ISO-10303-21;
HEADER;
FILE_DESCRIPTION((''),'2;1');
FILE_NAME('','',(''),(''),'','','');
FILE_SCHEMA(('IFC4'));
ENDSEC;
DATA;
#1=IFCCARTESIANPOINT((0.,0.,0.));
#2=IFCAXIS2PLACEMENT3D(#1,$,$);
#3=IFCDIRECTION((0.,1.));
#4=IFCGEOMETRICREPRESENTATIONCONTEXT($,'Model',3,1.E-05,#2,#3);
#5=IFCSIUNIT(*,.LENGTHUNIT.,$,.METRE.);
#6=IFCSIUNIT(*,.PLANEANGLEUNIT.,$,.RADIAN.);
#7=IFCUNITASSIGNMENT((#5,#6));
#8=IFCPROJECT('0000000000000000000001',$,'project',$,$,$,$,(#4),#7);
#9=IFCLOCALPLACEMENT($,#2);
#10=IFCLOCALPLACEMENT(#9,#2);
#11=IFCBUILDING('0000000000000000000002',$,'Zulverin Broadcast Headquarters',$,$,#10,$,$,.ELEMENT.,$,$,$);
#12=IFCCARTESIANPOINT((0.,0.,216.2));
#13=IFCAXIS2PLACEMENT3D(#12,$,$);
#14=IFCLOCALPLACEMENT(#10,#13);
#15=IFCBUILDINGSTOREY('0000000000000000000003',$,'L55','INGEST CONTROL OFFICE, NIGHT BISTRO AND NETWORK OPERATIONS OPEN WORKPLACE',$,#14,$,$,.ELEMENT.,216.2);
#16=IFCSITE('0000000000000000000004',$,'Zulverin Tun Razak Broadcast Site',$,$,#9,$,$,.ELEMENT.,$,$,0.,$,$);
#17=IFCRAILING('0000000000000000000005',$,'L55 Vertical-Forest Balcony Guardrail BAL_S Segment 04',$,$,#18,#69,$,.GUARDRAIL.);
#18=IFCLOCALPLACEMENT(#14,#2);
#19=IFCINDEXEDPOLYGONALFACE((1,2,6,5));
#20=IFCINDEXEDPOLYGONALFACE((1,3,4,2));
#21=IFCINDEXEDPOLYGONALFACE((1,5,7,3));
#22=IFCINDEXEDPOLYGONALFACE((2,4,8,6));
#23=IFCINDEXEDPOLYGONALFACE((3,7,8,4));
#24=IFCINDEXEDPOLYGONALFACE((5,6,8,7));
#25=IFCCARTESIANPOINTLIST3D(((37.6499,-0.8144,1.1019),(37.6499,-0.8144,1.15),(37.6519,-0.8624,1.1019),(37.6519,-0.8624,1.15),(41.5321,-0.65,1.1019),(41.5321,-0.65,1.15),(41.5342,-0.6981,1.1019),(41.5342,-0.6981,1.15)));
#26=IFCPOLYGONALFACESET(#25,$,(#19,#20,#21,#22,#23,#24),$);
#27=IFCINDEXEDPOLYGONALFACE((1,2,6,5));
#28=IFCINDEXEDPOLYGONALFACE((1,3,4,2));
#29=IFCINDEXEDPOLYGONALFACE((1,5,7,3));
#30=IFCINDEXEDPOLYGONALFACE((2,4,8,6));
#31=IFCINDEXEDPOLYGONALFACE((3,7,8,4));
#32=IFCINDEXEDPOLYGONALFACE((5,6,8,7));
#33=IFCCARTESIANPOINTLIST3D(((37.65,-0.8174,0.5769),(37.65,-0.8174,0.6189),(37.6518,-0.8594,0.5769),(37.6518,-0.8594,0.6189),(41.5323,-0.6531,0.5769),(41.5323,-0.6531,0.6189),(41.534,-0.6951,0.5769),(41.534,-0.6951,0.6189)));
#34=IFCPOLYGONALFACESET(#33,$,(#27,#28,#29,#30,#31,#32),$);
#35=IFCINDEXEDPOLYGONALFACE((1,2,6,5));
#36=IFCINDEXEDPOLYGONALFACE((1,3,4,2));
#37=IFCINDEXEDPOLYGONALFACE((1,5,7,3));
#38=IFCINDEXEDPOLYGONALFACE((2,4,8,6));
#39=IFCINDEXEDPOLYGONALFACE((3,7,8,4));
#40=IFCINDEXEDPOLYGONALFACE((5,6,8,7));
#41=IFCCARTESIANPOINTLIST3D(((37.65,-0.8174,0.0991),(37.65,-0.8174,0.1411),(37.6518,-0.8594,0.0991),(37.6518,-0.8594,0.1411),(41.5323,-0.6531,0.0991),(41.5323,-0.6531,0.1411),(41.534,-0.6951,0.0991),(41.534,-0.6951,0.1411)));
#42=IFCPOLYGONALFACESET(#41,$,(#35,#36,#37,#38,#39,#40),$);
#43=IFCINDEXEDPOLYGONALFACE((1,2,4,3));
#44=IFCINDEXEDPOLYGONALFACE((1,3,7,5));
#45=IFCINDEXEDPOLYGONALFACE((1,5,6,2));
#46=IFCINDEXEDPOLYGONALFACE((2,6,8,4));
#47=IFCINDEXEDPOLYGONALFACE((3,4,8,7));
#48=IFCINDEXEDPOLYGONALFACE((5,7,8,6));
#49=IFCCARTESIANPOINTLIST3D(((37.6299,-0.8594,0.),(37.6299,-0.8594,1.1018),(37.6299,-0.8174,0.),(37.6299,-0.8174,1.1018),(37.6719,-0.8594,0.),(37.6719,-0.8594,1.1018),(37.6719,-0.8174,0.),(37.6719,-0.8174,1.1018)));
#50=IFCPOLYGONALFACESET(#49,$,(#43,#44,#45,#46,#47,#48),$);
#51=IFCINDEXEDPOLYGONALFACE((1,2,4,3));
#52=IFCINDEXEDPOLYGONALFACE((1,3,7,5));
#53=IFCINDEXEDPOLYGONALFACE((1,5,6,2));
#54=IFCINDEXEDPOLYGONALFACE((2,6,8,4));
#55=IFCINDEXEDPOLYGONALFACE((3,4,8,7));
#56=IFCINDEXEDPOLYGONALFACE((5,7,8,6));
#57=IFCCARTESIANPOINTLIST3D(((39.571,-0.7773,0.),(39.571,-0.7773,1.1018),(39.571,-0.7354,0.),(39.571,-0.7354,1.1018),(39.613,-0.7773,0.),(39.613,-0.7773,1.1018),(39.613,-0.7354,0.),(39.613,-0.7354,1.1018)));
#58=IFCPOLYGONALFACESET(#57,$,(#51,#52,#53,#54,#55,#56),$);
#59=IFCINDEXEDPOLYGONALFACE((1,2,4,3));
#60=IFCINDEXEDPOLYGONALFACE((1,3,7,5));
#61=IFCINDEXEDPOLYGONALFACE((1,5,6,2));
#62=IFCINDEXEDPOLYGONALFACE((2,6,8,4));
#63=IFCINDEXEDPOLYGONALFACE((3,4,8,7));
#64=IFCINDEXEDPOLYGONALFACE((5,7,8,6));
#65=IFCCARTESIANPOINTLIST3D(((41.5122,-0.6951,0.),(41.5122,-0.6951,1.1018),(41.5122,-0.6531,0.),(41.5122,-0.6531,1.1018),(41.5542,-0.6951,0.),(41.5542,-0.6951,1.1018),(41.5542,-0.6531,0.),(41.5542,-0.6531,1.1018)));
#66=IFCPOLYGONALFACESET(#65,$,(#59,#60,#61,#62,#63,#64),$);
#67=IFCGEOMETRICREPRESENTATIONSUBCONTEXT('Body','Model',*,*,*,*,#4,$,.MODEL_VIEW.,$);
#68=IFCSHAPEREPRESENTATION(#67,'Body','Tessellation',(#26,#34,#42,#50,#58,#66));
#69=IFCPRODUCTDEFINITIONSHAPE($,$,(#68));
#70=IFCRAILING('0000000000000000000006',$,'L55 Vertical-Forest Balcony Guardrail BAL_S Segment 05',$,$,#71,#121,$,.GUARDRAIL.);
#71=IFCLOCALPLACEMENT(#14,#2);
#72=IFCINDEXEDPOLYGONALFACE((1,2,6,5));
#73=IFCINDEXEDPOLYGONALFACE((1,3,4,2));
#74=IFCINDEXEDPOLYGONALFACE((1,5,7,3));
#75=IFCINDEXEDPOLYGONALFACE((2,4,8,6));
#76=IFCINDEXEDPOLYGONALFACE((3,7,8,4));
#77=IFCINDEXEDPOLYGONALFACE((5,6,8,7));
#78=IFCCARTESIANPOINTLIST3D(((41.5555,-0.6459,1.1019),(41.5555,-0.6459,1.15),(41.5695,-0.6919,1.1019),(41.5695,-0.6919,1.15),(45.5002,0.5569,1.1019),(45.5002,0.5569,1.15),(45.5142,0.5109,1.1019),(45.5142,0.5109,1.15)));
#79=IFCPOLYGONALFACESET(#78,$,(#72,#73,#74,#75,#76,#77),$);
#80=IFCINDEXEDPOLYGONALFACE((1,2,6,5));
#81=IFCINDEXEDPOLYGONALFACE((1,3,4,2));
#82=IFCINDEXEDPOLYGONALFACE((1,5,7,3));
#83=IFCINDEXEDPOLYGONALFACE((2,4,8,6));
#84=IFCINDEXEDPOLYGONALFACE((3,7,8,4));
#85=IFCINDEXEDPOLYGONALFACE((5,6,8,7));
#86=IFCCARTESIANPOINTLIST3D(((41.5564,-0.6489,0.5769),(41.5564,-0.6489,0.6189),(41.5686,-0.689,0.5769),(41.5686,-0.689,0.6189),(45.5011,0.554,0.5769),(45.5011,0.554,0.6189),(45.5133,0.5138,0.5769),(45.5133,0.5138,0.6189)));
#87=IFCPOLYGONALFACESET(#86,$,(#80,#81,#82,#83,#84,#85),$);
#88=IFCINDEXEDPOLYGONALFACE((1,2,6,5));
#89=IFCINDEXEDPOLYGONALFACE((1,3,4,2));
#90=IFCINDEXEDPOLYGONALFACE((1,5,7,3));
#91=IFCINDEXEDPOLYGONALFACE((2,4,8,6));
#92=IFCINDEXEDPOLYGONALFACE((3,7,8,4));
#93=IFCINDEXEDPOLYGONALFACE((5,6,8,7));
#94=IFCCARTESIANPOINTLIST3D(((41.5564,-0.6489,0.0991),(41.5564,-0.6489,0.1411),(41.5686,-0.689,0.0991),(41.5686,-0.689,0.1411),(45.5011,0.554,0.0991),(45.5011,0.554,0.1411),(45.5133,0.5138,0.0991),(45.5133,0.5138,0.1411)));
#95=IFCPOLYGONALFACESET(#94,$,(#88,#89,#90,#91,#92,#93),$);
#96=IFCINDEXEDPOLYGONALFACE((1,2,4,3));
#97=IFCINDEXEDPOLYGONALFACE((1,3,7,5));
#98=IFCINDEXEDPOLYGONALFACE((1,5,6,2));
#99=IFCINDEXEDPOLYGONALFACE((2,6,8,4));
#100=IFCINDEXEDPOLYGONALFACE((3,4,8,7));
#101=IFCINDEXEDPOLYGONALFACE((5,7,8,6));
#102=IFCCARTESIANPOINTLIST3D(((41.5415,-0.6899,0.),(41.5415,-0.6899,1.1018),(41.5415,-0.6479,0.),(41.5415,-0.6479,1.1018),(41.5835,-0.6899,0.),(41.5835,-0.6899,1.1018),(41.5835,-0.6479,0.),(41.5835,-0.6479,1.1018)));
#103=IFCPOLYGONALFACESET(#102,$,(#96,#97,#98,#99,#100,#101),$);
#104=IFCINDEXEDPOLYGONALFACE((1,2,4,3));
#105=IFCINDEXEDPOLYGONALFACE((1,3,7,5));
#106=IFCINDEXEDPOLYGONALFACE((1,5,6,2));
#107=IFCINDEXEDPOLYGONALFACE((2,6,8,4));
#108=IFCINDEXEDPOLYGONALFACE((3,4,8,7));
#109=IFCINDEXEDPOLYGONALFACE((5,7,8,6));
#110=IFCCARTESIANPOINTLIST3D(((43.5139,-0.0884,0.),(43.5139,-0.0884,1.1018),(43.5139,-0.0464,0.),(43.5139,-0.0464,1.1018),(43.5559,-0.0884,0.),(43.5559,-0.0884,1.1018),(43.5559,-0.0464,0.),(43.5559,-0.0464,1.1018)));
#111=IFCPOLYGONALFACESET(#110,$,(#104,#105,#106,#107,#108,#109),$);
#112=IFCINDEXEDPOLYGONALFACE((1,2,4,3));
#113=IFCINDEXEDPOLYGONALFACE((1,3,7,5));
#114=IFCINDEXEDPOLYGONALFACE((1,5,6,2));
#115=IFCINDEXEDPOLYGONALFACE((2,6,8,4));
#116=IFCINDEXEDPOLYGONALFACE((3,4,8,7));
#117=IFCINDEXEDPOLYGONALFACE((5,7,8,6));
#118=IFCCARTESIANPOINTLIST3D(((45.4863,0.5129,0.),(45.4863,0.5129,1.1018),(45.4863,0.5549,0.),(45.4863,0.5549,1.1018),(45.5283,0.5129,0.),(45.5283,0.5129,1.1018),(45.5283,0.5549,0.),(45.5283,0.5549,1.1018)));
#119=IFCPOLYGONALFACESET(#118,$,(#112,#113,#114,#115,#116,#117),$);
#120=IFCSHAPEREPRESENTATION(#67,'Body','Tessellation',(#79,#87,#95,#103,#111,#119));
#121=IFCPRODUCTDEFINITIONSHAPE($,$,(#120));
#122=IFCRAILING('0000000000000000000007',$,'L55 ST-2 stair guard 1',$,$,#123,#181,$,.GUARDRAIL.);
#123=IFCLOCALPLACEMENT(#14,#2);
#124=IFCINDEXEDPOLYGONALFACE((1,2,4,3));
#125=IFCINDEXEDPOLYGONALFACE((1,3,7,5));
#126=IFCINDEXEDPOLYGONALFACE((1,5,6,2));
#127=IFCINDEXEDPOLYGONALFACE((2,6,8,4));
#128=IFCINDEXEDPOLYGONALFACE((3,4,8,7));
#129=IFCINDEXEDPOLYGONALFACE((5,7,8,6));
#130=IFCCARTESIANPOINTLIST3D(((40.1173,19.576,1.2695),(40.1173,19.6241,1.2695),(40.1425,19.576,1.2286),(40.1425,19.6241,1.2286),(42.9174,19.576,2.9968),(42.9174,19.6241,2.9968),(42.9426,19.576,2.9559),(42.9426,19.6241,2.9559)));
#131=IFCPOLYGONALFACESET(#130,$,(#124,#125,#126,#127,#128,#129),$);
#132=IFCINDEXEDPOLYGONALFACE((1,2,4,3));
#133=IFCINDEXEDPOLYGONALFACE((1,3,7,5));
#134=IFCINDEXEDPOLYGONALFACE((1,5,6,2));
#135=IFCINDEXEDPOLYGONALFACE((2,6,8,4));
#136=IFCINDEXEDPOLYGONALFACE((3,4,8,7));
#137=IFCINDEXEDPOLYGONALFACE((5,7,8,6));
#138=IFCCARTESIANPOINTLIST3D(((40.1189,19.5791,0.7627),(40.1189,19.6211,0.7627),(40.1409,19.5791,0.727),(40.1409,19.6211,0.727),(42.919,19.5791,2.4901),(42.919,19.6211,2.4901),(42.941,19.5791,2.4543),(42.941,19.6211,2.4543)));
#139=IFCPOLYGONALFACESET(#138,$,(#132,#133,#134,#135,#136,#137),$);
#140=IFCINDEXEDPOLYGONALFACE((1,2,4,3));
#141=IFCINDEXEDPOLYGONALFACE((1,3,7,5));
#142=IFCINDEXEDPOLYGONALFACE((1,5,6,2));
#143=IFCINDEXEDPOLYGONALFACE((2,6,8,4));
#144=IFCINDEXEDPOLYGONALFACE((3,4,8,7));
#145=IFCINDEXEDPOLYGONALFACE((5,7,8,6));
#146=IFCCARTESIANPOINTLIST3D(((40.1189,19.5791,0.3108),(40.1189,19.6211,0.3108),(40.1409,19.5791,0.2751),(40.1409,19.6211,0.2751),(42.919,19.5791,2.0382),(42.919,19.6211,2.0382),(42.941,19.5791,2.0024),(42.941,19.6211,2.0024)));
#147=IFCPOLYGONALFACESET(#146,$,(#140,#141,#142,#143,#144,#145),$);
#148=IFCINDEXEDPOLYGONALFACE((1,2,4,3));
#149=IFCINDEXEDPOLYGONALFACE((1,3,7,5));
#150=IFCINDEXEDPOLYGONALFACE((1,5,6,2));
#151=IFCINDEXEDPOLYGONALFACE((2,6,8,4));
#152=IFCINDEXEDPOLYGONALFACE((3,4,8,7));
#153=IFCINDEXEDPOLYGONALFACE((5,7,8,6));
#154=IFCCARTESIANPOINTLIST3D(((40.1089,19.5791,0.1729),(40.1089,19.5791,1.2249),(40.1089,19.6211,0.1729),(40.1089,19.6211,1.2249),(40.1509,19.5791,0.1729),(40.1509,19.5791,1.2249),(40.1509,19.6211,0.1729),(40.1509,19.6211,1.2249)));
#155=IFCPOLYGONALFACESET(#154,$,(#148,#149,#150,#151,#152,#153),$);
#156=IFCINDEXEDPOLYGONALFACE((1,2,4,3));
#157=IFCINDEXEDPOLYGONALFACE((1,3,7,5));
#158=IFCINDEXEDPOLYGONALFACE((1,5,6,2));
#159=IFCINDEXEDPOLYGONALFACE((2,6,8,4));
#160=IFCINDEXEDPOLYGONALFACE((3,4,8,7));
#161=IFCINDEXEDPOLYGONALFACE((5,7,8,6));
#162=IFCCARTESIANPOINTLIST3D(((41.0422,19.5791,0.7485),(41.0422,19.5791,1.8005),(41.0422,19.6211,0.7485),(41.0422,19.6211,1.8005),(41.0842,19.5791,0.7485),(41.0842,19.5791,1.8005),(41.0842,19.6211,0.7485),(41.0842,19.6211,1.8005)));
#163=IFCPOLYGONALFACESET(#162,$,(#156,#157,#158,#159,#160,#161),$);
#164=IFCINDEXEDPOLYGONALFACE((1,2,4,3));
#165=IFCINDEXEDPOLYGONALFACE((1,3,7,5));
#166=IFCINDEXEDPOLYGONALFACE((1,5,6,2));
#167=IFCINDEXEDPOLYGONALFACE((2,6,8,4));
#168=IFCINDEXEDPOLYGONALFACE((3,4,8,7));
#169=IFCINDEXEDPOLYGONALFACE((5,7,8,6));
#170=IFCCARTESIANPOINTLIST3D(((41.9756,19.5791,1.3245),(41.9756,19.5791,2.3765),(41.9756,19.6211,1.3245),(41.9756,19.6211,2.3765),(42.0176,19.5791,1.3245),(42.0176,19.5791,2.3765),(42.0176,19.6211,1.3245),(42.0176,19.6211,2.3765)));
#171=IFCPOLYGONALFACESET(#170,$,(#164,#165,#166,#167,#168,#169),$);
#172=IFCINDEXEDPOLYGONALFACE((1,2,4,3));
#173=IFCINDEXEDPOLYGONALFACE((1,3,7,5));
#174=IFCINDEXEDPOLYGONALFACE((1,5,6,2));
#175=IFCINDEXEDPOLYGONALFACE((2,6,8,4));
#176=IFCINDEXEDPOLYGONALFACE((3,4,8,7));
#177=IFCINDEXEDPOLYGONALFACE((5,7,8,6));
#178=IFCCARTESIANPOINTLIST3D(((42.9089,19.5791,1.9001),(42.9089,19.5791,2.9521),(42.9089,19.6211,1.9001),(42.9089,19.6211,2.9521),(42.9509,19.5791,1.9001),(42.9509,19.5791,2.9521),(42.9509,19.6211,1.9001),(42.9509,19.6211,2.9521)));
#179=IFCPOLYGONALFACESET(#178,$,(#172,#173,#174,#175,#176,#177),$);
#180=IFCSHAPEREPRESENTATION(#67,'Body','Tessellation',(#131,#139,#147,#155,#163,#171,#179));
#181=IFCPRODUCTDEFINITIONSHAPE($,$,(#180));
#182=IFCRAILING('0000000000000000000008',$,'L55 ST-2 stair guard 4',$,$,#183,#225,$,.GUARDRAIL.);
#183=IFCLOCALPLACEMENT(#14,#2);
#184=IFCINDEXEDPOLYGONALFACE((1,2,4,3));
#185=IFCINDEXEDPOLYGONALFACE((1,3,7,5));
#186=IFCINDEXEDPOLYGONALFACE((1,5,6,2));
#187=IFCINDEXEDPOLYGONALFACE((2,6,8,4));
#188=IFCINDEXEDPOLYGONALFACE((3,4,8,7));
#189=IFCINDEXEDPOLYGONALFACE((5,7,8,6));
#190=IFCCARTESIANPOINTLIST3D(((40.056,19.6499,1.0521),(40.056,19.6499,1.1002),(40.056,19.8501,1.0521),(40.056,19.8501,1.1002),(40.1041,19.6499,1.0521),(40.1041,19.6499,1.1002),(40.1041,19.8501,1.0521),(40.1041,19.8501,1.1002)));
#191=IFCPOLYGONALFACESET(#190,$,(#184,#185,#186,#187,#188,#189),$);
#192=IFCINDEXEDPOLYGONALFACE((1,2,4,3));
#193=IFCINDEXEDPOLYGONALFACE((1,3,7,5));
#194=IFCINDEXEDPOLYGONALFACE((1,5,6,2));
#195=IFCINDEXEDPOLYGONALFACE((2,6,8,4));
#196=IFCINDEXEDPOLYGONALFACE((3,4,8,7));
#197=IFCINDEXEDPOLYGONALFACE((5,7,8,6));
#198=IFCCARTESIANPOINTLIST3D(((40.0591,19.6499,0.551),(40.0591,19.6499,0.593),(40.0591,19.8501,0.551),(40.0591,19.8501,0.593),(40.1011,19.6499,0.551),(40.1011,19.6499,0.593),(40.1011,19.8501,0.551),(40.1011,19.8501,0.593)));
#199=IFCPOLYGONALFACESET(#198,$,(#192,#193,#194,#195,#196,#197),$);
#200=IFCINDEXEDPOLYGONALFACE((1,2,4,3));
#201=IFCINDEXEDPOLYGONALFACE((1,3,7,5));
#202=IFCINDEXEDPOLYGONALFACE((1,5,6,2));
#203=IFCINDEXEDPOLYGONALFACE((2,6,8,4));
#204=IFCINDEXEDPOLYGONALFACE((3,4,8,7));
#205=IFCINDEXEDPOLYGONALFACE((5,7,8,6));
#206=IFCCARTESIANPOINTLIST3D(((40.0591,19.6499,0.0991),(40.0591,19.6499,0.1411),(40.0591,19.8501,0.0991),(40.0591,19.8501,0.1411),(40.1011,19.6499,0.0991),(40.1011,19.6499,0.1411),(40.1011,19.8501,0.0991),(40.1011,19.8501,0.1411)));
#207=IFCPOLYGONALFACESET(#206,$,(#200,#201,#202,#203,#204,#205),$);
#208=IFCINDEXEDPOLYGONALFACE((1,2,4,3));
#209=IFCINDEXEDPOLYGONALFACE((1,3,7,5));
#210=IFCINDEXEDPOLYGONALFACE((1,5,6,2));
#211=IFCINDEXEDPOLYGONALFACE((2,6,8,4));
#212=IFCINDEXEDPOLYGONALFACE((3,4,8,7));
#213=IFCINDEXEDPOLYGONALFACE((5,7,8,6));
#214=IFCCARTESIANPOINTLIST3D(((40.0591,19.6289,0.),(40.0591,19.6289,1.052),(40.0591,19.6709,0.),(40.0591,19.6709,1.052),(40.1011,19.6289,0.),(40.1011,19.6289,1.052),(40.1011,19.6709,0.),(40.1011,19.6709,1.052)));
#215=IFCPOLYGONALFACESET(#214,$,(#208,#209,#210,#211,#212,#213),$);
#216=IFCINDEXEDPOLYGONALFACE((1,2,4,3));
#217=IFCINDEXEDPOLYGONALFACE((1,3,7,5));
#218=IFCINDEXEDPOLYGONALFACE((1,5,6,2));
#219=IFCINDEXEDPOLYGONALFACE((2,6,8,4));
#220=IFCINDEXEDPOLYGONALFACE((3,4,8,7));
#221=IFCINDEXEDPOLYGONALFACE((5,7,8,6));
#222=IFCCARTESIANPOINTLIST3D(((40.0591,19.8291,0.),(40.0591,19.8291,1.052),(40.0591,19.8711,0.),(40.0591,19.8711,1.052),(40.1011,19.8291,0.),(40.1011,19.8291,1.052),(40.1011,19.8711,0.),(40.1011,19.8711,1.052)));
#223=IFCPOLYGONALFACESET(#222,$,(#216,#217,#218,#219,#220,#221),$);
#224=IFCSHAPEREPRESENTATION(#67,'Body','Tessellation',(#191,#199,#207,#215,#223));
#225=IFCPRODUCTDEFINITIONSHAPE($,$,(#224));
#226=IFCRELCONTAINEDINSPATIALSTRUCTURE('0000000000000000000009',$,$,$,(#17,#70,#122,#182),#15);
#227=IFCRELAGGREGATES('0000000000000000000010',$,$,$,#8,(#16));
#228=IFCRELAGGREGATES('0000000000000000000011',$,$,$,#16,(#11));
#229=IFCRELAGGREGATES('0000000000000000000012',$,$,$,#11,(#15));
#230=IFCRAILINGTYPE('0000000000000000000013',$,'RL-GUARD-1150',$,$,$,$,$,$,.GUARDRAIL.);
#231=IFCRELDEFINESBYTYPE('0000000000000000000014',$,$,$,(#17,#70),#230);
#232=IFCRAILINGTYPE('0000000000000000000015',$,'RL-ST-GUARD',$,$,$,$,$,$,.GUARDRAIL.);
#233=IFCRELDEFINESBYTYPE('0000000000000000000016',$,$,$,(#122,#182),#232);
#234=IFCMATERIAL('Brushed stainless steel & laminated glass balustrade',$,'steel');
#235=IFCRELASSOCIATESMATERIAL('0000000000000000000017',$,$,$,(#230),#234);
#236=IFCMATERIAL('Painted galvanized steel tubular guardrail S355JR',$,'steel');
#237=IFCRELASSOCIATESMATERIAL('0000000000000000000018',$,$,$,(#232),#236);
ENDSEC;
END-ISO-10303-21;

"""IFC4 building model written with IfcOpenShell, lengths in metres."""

from ifc_helpers import new_model, si_unit, direction, frame, origin, origin_2d, place, context, subcontext, project, spatial, rectangle, extrude, material, type_object, element, save


model = new_model("IFC4")

# Units and contexts
model_context = context("Model", 3, precision=1e-05, world=origin(), true_north=direction((0.0, 1.0)))
body_context = subcontext(model_context, "Body", "Model", "MODEL_VIEW")
ifc_project = project(units=[si_unit("LENGTHUNIT", "METRE"), si_unit("PLANEANGLEUNIT", "RADIAN")], contexts=[model_context])

# Site, building, storey
site_placement = place(None, origin())
site = spatial("IfcSite", under=ifc_project, at=site_placement, Name="Zulverin Tun Razak Broadcast Site", CompositionType="ELEMENT", RefElevation=0.0)
building_placement = place(site_placement, origin())
building = spatial("IfcBuilding", under=site, at=building_placement, Name="Zulverin Broadcast Headquarters", CompositionType="ELEMENT")
storey_placement = place(building_placement, frame((0.0, 0.0, 216.2)))
storey = spatial("IfcBuildingStorey", under=building, at=storey_placement, Name="L55", Description="INGEST CONTROL OFFICE, NIGHT BISTRO AND NETWORK OPERATIONS OPEN WORKPLACE", CompositionType="ELEMENT", Elevation=216.2)

# Railings
ifc_material_1 = material(Name="Brushed stainless steel & laminated glass balustrade", Category="steel")
railing_type_1 = type_object("IfcRailingType", Name="RL-GUARD-1150", PredefinedType="GUARDRAIL", material=ifc_material_1)
railing_1_placement = place(storey_placement, frame((37.6509, -0.8384, 0.0)))
element("IfcRailing", 1, at=railing_1_placement, inside=storey, type_object=railing_type_1, Name="L55 Vertical-Forest Balcony Guardrail BAL_S Segment 04", PredefinedType="GUARDRAIL", context=body_context, shape_type="SweptSolid", body=[
    extrude(rectangle(XDim=0.0481, YDim=0.0481, at=origin_2d()), frame((0.0, 0.0, 1.126), z_axis=(0.999106, 0.042284, 0.0), x_axis=(-0.042284, 0.999106, 0.0)), (0.0, 0.0, 1.0), 3.8857),
    extrude(rectangle(XDim=0.042, YDim=0.042, at=origin_2d()), frame((0.0, 0.0, 0.5979), z_axis=(0.999106, 0.042284, 0.0), x_axis=(-0.042284, 0.999106, 0.0)), (0.0, 0.0, 1.0), 3.8857),
    extrude(rectangle(XDim=0.042, YDim=0.042, at=origin_2d()), frame((0.0, 0.0, 0.1201), z_axis=(0.999106, 0.042284, 0.0), x_axis=(-0.042284, 0.999106, 0.0)), (0.0, 0.0, 1.0), 3.8857),
    extrude(rectangle(XDim=0.042, YDim=0.042, at=origin_2d()), origin(), (0.0, 0.0, 1.0), 1.1018),
    extrude(rectangle(XDim=0.042, YDim=0.042, at=origin_2d()), frame((1.9412, 0.082, 0.0)), (0.0, 0.0, 1.0), 1.1018),
    extrude(rectangle(XDim=0.042, YDim=0.042, at=origin_2d()), frame((3.8823, 0.1643, 0.0)), (0.0, 0.0, 1.0), 1.1018),
])
railing_2_placement = place(storey_placement, frame((41.5625, -0.6689, 0.0)))
element("IfcRailing", 2, at=railing_2_placement, inside=storey, type_object=railing_type_1, Name="L55 Vertical-Forest Balcony Guardrail BAL_S Segment 05", PredefinedType="GUARDRAIL", context=body_context, shape_type="SweptSolid", body=[
    extrude(rectangle(XDim=0.0481, YDim=0.0481, at=origin_2d()), frame((0.0, 0.0, 1.126), z_axis=(0.95652, 0.291668, 0.0), x_axis=(-0.291668, 0.95652, 0.0)), (0.0, 0.0, 1.0), 4.124),
    extrude(rectangle(XDim=0.042, YDim=0.042, at=origin_2d()), frame((0.0, 0.0, 0.5979), z_axis=(0.95652, 0.291668, 0.0), x_axis=(-0.291668, 0.95652, 0.0)), (0.0, 0.0, 1.0), 4.124),
    extrude(rectangle(XDim=0.042, YDim=0.042, at=origin_2d()), frame((0.0, 0.0, 0.1201), z_axis=(0.95652, 0.291668, 0.0), x_axis=(-0.291668, 0.95652, 0.0)), (0.0, 0.0, 1.0), 4.124),
    extrude(rectangle(XDim=0.042, YDim=0.042, at=origin_2d()), origin(), (0.0, 0.0, 1.0), 1.1018),
    extrude(rectangle(XDim=0.042, YDim=0.042, at=origin_2d()), frame((1.9724, 0.6016, 0.0)), (0.0, 0.0, 1.0), 1.1018),
    extrude(rectangle(XDim=0.042, YDim=0.042, at=origin_2d()), frame((3.9448, 1.2029, 0.0)), (0.0, 0.0, 1.0), 1.1018),
])
ifc_material_2 = material(Name="Painted galvanized steel tubular guardrail S355JR", Category="steel")
railing_type_2 = type_object("IfcRailingType", Name="RL-ST-GUARD", PredefinedType="GUARDRAIL", material=ifc_material_2)
railing_3_placement = place(storey_placement, frame((40.1299, 19.6001, 0.1729)))
element("IfcRailing", 3, at=railing_3_placement, inside=storey, type_object=railing_type_2, Name="L55 ST-2 stair guard 1", PredefinedType="GUARDRAIL", context=body_context, shape_type="SweptSolid", body=[
    extrude(rectangle(XDim=0.0481, YDim=0.0481, at=origin_2d()), frame((0.0, 0.0, 1.0762), z_axis=(0.85109, 0.0, 0.52502), x_axis=(0.0, 1.0, 0.0)), (0.0, 0.0, 1.0), 3.29),
    extrude(rectangle(XDim=0.042, YDim=0.042, at=origin_2d()), frame((0.0, 0.0, 0.572), z_axis=(0.85109, 0.0, 0.52502), x_axis=(0.0, 1.0, 0.0)), (0.0, 0.0, 1.0), 3.29),
    extrude(rectangle(XDim=0.042, YDim=0.042, at=origin_2d()), frame((0.0, 0.0, 0.1201), z_axis=(0.85109, 0.0, 0.52502), x_axis=(0.0, 1.0, 0.0)), (0.0, 0.0, 1.0), 3.29),
    extrude(rectangle(XDim=0.042, YDim=0.042, at=origin_2d()), origin(), (0.0, 0.0, 1.0), 1.052),
    extrude(rectangle(XDim=0.042, YDim=0.042, at=origin_2d()), frame((0.9333, 0.0, 0.5757)), (0.0, 0.0, 1.0), 1.052),
    extrude(rectangle(XDim=0.042, YDim=0.042, at=origin_2d()), frame((1.8667, 0.0, 1.1516)), (0.0, 0.0, 1.0), 1.052),
    extrude(rectangle(XDim=0.042, YDim=0.042, at=origin_2d()), frame((2.8, 0.0, 1.7273)), (0.0, 0.0, 1.0), 1.052),
])
railing_4_placement = place(storey_placement, frame((40.0801, 19.6499, 0.0)))
element("IfcRailing", 4, at=railing_4_placement, inside=storey, type_object=railing_type_2, Name="L55 ST-2 stair guard 4", PredefinedType="GUARDRAIL", context=body_context, shape_type="SweptSolid", body=[
    extrude(rectangle(XDim=0.0481, YDim=0.0481, at=origin_2d()), frame((0.0, 0.0, 1.0762), z_axis=(0.0, 1.0, 0.0), x_axis=(-1.0, 0.0, 0.0)), (0.0, 0.0, 1.0), 0.2002),
    extrude(rectangle(XDim=0.042, YDim=0.042, at=origin_2d()), frame((0.0, 0.0, 0.572), z_axis=(0.0, 1.0, 0.0), x_axis=(-1.0, 0.0, 0.0)), (0.0, 0.0, 1.0), 0.2002),
    extrude(rectangle(XDim=0.042, YDim=0.042, at=origin_2d()), frame((0.0, 0.0, 0.1201), z_axis=(0.0, 1.0, 0.0), x_axis=(-1.0, 0.0, 0.0)), (0.0, 0.0, 1.0), 0.2002),
    extrude(rectangle(XDim=0.042, YDim=0.042, at=origin_2d()), origin(), (0.0, 0.0, 1.0), 1.052),
    extrude(rectangle(XDim=0.042, YDim=0.042, at=origin_2d()), frame((0.0, 0.2002, 0.0)), (0.0, 0.0, 1.0), 1.052),
])

save(model, "model.ifc")
